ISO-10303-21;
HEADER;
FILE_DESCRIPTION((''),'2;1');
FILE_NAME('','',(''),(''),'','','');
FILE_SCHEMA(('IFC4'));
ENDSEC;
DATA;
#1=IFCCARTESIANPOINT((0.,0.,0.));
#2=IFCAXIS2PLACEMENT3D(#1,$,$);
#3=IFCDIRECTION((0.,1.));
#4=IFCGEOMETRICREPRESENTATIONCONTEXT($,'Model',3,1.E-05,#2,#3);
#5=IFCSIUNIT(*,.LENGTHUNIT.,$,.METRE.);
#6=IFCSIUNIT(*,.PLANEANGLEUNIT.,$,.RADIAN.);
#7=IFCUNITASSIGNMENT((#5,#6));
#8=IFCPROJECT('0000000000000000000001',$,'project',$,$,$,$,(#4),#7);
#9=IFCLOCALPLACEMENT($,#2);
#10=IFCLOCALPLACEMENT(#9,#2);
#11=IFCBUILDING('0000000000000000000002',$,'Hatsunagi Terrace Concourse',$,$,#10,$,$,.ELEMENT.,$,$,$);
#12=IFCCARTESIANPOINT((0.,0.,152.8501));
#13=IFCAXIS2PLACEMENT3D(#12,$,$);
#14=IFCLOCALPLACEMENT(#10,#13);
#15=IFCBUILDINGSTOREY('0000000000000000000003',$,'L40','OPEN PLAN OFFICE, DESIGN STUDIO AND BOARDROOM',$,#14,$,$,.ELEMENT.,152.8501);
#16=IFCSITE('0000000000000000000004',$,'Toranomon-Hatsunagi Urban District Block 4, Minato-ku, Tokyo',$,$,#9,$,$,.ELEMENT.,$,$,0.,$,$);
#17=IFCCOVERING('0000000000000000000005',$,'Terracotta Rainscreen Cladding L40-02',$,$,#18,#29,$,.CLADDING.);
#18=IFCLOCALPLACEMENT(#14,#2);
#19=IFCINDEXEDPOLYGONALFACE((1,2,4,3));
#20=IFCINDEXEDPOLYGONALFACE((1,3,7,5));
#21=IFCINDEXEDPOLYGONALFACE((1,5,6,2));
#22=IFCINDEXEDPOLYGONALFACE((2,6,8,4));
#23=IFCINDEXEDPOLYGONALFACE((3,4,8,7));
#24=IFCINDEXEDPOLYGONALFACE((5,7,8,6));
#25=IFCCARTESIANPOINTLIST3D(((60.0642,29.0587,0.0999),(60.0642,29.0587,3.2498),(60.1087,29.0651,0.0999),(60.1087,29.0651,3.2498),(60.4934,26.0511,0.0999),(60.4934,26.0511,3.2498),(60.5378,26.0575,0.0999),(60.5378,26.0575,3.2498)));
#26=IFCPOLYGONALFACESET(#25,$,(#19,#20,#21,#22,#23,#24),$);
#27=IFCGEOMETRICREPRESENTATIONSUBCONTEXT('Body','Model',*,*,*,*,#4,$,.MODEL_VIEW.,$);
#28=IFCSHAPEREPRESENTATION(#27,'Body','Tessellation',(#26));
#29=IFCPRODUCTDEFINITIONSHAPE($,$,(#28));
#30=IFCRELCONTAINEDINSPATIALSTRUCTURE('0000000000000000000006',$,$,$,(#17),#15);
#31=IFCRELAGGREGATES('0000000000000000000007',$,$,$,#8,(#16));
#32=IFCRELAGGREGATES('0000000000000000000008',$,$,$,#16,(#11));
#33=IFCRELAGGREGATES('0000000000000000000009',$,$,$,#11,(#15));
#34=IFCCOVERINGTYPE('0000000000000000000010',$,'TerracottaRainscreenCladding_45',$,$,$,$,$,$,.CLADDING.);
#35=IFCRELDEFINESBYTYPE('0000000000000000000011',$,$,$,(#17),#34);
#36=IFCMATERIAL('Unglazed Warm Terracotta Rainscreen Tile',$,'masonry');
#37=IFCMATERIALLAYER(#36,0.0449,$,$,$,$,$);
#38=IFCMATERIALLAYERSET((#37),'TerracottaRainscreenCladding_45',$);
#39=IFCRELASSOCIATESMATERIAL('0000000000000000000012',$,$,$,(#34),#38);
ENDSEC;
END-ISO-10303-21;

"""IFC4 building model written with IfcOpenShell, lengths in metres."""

from ifc_helpers import new_model, si_unit, direction, frame, origin, origin_2d, place, context, subcontext, project, spatial, rectangle, extrude, material, layer, layer_set, type_object, element, save


model = new_model("IFC4")

# Units and contexts
model_context = context("Model", 3, precision=1e-05, world=origin(), true_north=direction((0.0, 1.0)))
body_context = subcontext(model_context, "Body", "Model", "MODEL_VIEW")
ifc_project = project(units=[si_unit("LENGTHUNIT", "METRE"), si_unit("PLANEANGLEUNIT", "RADIAN")], contexts=[model_context])

# Site, building, storey
site_placement = place(None, origin())
site = spatial("IfcSite", under=ifc_project, at=site_placement, Name="Toranomon-Hatsunagi Urban District Block 4, Minato-ku, Tokyo", CompositionType="ELEMENT", RefElevation=0.0)
building_placement = place(site_placement, origin())
building = spatial("IfcBuilding", under=site, at=building_placement, Name="Hatsunagi Terrace Concourse", CompositionType="ELEMENT")
storey_placement = place(building_placement, frame((0.0, 0.0, 152.8501)))
storey = spatial("IfcBuildingStorey", under=building, at=storey_placement, Name="L40", Description="OPEN PLAN OFFICE, DESIGN STUDIO AND BOARDROOM", CompositionType="ELEMENT", Elevation=152.8501)

# Covering
ifc_material_1 = material(Name="Unglazed Warm Terracotta Rainscreen Tile", Category="masonry")
ifc_layer_1 = layer(ifc_material_1, 0.0449)
ifc_layer_set_1 = layer_set([ifc_layer_1], Name="TerracottaRainscreenCladding_45")
covering_type = type_object("IfcCoveringType", Name="TerracottaRainscreenCladding_45", PredefinedType="CLADDING", material=ifc_layer_set_1)
covering_placement = place(storey_placement, frame((60.301, 27.5581, 0.0999), z_axis=(0.0, 0.0, 1.0), x_axis=(0.14125, -0.989974, 0.0)))
element("IfcCovering", 1, at=covering_placement, inside=storey, type_object=covering_type, Name="Terracotta Rainscreen Cladding L40-02", PredefinedType="CLADDING", context=body_context, shape_type="SweptSolid", body=[
    extrude(rectangle(XDim=3.0381, YDim=0.0449, at=origin_2d()), origin(), (0.0, 0.0, 1.0), 3.1499),
])

save(model, "model.ifc")
